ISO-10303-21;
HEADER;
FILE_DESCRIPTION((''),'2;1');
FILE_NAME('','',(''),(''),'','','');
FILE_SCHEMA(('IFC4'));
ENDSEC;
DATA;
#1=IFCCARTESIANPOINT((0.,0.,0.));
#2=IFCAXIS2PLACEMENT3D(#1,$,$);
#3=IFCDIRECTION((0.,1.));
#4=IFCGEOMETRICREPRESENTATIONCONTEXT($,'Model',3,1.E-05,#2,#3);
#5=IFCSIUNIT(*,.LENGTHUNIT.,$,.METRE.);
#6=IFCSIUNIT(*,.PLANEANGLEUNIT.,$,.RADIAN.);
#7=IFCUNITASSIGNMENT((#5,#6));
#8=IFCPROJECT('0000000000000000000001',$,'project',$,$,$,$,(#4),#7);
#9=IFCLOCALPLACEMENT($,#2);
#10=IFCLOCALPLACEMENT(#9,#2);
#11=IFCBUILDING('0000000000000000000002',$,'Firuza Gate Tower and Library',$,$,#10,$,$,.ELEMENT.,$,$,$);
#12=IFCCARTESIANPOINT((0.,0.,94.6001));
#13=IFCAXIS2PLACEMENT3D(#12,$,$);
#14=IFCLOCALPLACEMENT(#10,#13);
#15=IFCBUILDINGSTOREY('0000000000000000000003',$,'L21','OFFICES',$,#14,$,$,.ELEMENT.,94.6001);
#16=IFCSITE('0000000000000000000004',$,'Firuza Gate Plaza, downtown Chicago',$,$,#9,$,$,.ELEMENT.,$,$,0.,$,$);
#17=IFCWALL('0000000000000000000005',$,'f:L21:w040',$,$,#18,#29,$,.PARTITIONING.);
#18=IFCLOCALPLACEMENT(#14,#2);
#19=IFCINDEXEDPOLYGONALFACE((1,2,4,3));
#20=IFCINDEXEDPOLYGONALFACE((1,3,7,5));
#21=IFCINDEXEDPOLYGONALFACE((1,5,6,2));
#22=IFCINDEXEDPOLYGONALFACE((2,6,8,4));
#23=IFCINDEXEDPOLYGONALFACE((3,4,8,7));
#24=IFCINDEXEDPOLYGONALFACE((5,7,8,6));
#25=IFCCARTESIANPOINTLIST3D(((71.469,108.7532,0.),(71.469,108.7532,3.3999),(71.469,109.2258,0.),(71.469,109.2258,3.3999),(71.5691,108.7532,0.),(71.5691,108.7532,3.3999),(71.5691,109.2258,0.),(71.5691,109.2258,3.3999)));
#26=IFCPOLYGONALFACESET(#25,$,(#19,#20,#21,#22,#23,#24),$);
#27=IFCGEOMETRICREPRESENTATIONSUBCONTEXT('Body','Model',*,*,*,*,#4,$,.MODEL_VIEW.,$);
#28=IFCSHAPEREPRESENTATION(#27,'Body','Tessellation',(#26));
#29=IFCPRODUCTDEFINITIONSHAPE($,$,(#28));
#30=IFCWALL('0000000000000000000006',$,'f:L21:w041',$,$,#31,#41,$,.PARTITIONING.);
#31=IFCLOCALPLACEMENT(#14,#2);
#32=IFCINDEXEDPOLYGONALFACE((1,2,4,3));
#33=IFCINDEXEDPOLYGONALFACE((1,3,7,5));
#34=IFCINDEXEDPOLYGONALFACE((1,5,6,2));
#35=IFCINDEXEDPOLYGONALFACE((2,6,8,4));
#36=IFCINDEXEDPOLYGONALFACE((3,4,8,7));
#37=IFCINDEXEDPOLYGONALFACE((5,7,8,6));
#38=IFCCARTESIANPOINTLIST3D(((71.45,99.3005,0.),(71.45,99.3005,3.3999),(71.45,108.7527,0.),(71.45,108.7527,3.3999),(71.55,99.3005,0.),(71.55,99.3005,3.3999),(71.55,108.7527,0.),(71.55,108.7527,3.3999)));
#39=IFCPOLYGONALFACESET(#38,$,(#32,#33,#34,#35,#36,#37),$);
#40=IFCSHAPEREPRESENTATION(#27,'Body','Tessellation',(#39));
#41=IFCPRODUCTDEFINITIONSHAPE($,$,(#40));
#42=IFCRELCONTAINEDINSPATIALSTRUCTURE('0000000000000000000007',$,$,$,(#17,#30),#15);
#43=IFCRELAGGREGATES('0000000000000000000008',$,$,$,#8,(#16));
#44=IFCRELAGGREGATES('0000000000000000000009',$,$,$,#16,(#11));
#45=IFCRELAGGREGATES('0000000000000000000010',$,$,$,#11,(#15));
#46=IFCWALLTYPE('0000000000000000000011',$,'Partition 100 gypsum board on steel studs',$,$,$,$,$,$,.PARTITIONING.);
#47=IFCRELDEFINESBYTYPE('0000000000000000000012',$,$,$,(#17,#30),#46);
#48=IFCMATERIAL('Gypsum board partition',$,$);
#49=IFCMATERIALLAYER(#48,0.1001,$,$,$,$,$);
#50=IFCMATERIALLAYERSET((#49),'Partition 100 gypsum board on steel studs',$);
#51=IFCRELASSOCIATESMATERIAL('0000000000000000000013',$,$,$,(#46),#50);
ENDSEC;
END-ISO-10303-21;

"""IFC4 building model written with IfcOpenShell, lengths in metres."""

from ifc_helpers import new_model, si_unit, direction, frame, frame_2d, origin, place, context, subcontext, project, spatial, rectangle, extrude, material, layer, layer_set, type_object, element, save


model = new_model("IFC4")

# Units and contexts
model_context = context("Model", 3, precision=1e-05, world=origin(), true_north=direction((0.0, 1.0)))
body_context = subcontext(model_context, "Body", "Model", "MODEL_VIEW")
ifc_project = project(units=[si_unit("LENGTHUNIT", "METRE"), si_unit("PLANEANGLEUNIT", "RADIAN")], contexts=[model_context])

# Site, building, storey
site_placement = place(None, origin())
site = spatial("IfcSite", under=ifc_project, at=site_placement, Name="Firuza Gate Plaza, downtown Chicago", CompositionType="ELEMENT", RefElevation=0.0)
building_placement = place(site_placement, origin())
building = spatial("IfcBuilding", under=site, at=building_placement, Name="Firuza Gate Tower and Library", CompositionType="ELEMENT")
storey_placement = place(building_placement, frame((0.0, 0.0, 94.6001)))
storey = spatial("IfcBuildingStorey", under=building, at=storey_placement, Name="L21", Description="OFFICES", CompositionType="ELEMENT", Elevation=94.6001)

# Shared definitions
ifc_material_1 = material(Name="Gypsum board partition")
ifc_layer_1 = layer(ifc_material_1, 0.1001)
ifc_layer_set_1 = layer_set([ifc_layer_1], Name="Partition 100 gypsum board on steel studs")
wall_type = type_object("IfcWallType", Name="Partition 100 gypsum board on steel studs", PredefinedType="PARTITIONING", material=ifc_layer_set_1)

# Walls
wall_1_placement = place(storey_placement, frame((71.519, 108.7532, 0.0), z_axis=(0.0, 0.0, 1.0), x_axis=(0.0, 1.0, 0.0)))
element("IfcWall", 1, at=wall_1_placement, inside=storey, type_object=wall_type, Name="f:L21:w040", PredefinedType="PARTITIONING", context=body_context, shape_type="SweptSolid", body=[
    extrude(rectangle(XDim=0.4727, YDim=0.1001, at=frame_2d((0.2363, 0.0))), origin(), (0.0, 0.0, 1.0), 3.3999),
])
wall_2_placement = place(storey_placement, frame((71.5, 99.3005, 0.0), z_axis=(0.0, 0.0, 1.0), x_axis=(0.0, 1.0, 0.0)))
element("IfcWall", 2, at=wall_2_placement, inside=storey, type_object=wall_type, Name="f:L21:w041", PredefinedType="PARTITIONING", context=body_context, shape_type="SweptSolid", body=[
    extrude(rectangle(XDim=9.4521, YDim=0.1001, at=frame_2d((4.7261, 0.0))), origin(), (0.0, 0.0, 1.0), 3.3999),
])

save(model, "model.ifc")
